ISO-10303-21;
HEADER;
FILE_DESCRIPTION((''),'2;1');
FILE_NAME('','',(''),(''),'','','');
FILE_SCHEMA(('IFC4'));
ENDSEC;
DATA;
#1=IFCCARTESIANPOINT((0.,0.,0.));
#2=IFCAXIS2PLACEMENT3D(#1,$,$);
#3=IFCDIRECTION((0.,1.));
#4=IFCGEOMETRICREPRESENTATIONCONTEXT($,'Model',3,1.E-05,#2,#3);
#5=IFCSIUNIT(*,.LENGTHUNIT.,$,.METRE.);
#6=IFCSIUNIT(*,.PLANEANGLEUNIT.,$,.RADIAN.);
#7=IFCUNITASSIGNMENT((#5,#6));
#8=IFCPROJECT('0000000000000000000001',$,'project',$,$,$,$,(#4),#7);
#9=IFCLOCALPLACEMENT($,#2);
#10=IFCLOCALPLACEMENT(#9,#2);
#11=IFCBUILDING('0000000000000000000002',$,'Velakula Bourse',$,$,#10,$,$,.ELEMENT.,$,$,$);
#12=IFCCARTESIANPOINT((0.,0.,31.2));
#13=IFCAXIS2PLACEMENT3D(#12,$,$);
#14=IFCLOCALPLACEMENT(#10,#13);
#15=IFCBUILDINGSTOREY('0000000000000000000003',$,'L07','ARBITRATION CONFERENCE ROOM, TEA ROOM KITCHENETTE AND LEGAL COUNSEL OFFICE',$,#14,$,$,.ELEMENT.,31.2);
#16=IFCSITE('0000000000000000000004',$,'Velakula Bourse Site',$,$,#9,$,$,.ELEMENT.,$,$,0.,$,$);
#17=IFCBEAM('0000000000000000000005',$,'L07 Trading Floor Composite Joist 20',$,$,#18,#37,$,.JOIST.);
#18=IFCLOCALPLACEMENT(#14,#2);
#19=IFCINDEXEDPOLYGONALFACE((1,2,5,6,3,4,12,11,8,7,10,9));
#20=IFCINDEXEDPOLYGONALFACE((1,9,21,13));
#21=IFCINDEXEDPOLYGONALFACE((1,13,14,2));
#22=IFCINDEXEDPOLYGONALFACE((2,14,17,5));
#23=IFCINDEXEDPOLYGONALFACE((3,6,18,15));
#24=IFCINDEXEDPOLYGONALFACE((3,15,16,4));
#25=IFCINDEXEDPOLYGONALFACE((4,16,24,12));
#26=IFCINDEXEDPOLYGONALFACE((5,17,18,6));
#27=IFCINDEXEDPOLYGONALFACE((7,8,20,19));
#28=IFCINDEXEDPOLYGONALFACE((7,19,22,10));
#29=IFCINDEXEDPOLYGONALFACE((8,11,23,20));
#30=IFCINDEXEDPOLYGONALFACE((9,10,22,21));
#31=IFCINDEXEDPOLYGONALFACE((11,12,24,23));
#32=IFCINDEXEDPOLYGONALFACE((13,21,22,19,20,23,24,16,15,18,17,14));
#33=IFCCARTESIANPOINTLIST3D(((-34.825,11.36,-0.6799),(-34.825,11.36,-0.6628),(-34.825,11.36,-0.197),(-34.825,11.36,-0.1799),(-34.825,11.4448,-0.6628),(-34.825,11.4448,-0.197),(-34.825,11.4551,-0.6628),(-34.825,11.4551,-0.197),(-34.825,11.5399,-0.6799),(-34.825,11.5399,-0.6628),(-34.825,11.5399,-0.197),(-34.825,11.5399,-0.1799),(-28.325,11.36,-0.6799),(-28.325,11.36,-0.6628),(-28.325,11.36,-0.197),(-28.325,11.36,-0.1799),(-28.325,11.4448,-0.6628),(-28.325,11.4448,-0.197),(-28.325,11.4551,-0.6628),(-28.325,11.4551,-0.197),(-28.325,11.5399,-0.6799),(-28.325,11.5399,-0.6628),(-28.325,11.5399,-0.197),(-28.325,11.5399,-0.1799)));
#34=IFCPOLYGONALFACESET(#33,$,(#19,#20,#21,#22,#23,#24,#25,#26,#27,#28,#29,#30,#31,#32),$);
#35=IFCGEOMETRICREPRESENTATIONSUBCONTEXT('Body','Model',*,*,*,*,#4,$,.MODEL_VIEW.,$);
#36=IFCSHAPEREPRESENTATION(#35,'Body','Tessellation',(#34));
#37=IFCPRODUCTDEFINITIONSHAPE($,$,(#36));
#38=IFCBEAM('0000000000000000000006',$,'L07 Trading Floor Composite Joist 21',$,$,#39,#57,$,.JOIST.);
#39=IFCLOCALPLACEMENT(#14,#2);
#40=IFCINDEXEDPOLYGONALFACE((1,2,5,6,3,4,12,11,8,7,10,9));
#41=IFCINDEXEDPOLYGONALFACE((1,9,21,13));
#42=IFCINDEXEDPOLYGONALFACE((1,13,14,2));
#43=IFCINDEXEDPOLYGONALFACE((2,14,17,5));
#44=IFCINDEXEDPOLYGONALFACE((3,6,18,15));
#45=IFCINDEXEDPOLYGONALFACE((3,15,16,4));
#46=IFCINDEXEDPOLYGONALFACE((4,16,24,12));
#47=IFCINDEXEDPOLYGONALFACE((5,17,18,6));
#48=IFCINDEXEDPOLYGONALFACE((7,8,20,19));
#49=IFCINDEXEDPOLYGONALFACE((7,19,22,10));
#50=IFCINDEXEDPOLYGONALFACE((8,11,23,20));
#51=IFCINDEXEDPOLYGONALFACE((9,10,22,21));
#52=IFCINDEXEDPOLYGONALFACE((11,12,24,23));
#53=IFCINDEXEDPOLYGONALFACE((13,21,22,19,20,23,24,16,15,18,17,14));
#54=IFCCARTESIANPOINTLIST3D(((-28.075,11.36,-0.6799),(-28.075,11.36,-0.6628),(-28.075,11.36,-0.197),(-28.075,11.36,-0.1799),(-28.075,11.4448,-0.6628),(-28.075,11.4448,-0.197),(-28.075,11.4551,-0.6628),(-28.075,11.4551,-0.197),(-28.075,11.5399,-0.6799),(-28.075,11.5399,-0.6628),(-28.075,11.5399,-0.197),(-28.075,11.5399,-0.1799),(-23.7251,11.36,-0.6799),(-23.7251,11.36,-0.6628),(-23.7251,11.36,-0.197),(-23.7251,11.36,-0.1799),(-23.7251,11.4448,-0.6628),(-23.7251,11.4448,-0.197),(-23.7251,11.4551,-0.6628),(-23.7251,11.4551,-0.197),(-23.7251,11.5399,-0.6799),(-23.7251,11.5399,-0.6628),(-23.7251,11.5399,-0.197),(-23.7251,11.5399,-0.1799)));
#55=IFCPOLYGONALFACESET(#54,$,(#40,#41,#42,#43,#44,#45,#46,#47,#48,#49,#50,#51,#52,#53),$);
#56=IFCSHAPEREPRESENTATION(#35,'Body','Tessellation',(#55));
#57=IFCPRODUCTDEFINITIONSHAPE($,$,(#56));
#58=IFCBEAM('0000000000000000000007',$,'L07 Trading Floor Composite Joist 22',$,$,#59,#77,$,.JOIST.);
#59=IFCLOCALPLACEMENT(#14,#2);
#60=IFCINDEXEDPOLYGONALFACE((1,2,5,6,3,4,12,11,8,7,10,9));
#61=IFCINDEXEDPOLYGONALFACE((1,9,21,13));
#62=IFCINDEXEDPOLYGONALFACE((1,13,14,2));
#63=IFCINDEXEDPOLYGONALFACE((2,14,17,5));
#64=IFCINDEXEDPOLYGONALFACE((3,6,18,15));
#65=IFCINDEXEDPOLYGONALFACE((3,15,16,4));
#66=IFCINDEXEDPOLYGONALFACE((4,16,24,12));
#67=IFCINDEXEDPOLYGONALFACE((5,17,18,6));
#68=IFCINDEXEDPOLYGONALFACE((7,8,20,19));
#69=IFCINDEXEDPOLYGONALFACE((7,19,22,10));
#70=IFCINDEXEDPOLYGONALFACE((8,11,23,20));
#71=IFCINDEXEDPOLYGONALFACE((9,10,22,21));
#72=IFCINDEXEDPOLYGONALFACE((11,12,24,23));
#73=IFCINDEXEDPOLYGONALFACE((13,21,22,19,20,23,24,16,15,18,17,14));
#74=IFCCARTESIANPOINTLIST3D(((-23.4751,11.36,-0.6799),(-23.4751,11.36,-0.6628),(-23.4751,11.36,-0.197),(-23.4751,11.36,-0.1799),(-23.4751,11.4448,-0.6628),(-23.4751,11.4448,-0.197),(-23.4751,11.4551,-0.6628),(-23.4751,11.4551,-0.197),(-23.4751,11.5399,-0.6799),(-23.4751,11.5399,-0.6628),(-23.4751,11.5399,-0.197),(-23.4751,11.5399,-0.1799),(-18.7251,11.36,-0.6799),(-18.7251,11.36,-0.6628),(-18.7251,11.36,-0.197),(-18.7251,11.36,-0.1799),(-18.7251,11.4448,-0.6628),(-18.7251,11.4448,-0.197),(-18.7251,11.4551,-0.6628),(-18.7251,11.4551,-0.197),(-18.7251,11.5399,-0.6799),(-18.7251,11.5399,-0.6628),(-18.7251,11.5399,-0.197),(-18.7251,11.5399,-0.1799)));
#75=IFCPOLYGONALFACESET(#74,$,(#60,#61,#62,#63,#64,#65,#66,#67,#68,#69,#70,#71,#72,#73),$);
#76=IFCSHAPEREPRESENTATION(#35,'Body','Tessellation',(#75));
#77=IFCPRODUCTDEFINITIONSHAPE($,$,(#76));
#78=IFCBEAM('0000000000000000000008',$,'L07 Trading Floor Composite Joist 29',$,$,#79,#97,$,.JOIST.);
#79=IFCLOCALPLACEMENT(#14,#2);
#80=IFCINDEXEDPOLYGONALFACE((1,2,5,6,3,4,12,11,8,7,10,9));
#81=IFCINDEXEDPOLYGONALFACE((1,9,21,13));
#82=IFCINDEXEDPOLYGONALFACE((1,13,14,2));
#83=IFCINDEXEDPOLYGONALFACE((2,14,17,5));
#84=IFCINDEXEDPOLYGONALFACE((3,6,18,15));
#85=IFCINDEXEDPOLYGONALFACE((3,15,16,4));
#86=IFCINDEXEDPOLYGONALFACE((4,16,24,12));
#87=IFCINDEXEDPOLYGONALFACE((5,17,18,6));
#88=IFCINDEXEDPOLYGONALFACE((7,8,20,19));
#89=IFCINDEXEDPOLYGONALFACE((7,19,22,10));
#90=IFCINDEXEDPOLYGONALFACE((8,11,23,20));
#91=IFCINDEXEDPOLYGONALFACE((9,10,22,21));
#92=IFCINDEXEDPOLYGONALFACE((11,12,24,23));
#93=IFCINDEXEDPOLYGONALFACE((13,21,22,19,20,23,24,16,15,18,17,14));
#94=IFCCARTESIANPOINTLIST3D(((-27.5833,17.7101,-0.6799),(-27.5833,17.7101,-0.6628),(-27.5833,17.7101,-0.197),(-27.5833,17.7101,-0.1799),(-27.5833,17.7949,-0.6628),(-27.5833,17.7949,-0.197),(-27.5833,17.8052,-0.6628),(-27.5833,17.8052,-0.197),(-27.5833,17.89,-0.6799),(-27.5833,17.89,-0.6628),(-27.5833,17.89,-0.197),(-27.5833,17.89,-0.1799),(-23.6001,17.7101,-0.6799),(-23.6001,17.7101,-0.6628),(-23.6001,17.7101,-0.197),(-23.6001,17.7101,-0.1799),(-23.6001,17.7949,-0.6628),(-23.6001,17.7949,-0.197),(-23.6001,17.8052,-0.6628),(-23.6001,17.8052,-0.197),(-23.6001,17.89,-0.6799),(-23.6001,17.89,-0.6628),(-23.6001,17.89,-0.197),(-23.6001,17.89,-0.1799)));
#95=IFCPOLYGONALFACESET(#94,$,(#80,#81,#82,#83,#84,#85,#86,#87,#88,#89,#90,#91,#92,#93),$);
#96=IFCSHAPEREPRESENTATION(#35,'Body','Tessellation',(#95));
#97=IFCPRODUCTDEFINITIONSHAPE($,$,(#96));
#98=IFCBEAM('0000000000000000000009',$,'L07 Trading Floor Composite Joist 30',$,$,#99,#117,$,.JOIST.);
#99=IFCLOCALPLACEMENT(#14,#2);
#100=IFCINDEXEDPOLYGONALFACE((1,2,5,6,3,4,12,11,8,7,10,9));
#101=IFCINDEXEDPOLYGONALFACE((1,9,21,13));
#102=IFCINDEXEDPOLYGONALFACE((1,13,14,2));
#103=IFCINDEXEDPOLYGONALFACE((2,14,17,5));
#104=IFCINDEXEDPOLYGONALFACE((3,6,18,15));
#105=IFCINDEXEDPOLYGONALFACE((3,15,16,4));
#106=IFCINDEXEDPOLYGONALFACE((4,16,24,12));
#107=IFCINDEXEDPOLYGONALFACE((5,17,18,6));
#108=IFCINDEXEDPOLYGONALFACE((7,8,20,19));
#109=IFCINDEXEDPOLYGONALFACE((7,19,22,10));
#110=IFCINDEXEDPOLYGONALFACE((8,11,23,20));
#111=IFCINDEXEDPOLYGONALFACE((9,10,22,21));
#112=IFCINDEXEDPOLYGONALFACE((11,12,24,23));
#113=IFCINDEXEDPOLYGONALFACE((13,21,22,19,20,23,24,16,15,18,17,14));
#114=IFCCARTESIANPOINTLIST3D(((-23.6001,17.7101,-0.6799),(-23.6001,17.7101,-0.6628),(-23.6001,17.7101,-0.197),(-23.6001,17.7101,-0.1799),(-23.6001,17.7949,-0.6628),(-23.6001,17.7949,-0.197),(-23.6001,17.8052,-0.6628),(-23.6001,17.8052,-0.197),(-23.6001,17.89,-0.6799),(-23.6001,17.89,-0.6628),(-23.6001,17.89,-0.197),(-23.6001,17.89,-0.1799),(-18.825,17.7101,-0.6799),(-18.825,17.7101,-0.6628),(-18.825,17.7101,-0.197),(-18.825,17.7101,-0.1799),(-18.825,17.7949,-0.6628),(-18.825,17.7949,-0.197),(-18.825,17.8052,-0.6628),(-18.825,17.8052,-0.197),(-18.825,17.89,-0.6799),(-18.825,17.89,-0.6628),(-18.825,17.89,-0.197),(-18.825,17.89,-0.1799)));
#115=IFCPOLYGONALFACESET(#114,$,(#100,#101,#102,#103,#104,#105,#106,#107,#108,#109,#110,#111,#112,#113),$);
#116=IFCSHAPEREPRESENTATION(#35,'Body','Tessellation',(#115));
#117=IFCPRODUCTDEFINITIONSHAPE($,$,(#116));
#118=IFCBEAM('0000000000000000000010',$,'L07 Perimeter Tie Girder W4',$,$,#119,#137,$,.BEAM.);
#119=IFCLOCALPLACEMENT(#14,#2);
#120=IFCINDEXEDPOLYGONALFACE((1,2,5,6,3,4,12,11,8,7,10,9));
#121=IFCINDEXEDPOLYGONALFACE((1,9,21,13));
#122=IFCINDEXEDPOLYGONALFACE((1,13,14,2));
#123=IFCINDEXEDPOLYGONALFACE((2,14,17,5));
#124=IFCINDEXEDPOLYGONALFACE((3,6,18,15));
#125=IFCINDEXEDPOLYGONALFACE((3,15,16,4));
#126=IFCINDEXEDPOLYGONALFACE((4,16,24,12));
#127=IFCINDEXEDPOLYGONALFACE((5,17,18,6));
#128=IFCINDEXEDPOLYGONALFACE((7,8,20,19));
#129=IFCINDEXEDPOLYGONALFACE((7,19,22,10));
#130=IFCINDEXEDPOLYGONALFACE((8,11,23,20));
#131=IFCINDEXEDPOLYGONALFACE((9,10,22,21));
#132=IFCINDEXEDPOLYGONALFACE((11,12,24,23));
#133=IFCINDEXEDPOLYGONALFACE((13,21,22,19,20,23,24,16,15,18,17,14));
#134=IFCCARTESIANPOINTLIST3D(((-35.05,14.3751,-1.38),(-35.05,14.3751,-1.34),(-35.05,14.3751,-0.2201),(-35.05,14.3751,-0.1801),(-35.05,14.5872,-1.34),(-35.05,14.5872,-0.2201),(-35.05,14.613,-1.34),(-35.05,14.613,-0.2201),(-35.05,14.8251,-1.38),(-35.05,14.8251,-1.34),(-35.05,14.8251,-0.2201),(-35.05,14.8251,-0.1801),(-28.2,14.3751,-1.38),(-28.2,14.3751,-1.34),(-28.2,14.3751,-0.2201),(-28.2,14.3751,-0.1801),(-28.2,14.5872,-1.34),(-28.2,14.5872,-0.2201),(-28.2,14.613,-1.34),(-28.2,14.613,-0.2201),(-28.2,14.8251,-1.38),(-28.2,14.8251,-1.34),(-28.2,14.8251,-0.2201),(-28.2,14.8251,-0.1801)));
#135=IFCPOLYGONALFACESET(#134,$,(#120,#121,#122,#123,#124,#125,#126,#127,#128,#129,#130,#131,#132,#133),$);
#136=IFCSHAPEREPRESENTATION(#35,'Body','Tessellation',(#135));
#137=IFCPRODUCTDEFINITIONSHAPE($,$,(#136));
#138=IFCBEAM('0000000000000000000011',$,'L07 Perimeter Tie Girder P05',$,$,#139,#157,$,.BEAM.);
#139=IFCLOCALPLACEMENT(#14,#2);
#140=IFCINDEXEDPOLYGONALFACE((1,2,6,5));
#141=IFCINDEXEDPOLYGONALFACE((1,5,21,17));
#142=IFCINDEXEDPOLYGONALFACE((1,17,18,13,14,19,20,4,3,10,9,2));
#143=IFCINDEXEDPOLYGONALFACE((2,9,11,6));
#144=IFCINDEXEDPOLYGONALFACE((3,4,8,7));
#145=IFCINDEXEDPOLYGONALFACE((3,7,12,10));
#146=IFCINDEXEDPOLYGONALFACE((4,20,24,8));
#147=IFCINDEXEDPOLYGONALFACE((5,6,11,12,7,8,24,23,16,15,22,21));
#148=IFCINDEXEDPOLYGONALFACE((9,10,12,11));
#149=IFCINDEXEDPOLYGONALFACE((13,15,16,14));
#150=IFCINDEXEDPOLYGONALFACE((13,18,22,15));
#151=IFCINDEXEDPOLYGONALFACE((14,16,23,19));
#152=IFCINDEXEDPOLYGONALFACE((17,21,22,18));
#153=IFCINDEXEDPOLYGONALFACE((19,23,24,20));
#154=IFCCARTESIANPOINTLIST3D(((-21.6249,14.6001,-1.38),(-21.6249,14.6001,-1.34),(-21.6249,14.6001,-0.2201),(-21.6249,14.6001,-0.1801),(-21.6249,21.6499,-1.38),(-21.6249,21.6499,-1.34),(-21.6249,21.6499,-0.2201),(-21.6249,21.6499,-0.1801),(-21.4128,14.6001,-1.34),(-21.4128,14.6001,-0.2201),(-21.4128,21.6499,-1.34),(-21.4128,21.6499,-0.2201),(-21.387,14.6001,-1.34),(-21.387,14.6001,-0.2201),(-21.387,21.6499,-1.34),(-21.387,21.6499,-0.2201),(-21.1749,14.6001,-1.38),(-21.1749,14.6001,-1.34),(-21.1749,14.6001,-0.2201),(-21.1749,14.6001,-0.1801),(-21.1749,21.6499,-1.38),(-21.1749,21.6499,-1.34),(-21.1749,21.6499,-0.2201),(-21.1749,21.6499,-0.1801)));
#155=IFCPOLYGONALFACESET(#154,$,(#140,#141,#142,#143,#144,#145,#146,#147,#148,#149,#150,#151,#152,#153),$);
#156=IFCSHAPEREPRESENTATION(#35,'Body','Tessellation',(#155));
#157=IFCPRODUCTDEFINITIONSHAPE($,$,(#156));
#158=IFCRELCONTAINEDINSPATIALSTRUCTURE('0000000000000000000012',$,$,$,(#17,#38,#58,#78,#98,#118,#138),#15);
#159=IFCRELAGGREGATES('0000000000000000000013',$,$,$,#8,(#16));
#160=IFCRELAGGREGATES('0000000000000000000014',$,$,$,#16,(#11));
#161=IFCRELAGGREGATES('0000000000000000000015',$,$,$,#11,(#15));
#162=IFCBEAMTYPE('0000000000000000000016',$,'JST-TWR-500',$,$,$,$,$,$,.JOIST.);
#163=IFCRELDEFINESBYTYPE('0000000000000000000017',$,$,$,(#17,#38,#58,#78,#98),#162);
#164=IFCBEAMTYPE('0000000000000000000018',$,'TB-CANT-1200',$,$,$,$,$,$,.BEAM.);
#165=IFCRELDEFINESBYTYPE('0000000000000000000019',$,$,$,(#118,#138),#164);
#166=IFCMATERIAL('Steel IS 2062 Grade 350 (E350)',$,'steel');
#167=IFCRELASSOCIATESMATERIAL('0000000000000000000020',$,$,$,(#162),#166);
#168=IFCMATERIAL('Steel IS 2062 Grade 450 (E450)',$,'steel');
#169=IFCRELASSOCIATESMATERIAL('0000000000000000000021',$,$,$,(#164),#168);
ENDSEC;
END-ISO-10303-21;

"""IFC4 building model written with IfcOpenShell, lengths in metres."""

from ifc_helpers import new_model, si_unit, direction, frame, origin, origin_2d, place, context, subcontext, project, spatial, i_section, extrude, material, material_profile, profile_set, type_object, element, save


model = new_model("IFC4")

# Units and contexts
model_context = context("Model", 3, precision=1e-05, world=origin(), true_north=direction((0.0, 1.0)))
body_context = subcontext(model_context, "Body", "Model", "MODEL_VIEW")
ifc_project = project(units=[si_unit("LENGTHUNIT", "METRE"), si_unit("PLANEANGLEUNIT", "RADIAN")], contexts=[model_context])

# Site, building, storey
site_placement = place(None, origin())
site = spatial("IfcSite", under=ifc_project, at=site_placement, Name="Velakula Bourse Site", CompositionType="ELEMENT", RefElevation=0.0)
building_placement = place(site_placement, origin())
building = spatial("IfcBuilding", under=site, at=building_placement, Name="Velakula Bourse", CompositionType="ELEMENT")
storey_placement = place(building_placement, frame((0.0, 0.0, 31.2)))
storey = spatial("IfcBuildingStorey", under=building, at=storey_placement, Name="L07", Description="ARBITRATION CONFERENCE ROOM, TEA ROOM KITCHENETTE AND LEGAL COUNSEL OFFICE", CompositionType="ELEMENT", Elevation=31.2)

# Shared definitions
ifc_material_1 = material(Name="Steel IS 2062 Grade 450 (E450)", Category="steel")

# Beams
ifc_material_2 = material(Name="Steel IS 2062 Grade 350 (E350)", Category="steel")
ifc_material_profile_1 = material_profile(ifc_material_2, i_section(OverallWidth=0.1799, OverallDepth=0.5, WebThickness=0.0103, FlangeThickness=0.0171, at=origin_2d()), Name="Steel IS 2062 Grade 350 (E350)")
ifc_profile_set_1 = profile_set([ifc_material_profile_1], Name="Steel IS 2062 Grade 350 (E350)")
beam_type_1 = type_object("IfcBeamType", Name="JST-TWR-500", PredefinedType="JOIST", material=ifc_profile_set_1)
beam_1_placement = place(storey_placement, frame((-34.825, 11.45, -0.4299), z_axis=(1.0, 0.0, 0.0), x_axis=(0.0, 1.0, 0.0)))
element("IfcBeam", 1, at=beam_1_placement, inside=storey, type_object=beam_type_1, Name="L07 Trading Floor Composite Joist 20", PredefinedType="JOIST", context=body_context, shape_type="SweptSolid", body=[
    extrude(i_section(OverallWidth=0.1799, OverallDepth=0.5, WebThickness=0.0103, FlangeThickness=0.0171, at=origin_2d()), origin(), (0.0, 0.0, 1.0), 6.5),
])
beam_2_placement = place(storey_placement, frame((-28.075, 11.45, -0.4299), z_axis=(1.0, 0.0, 0.0), x_axis=(0.0, 1.0, 0.0)))
element("IfcBeam", 2, at=beam_2_placement, inside=storey, type_object=beam_type_1, Name="L07 Trading Floor Composite Joist 21", PredefinedType="JOIST", context=body_context, shape_type="SweptSolid", body=[
    extrude(i_section(OverallWidth=0.1799, OverallDepth=0.5, WebThickness=0.0103, FlangeThickness=0.0171, at=origin_2d()), origin(), (0.0, 0.0, 1.0), 4.3499),
])
beam_3_placement = place(storey_placement, frame((-23.4751, 11.45, -0.4299), z_axis=(1.0, 0.0, 0.0), x_axis=(0.0, 1.0, 0.0)))
element("IfcBeam", 3, at=beam_3_placement, inside=storey, type_object=beam_type_1, Name="L07 Trading Floor Composite Joist 22", PredefinedType="JOIST", context=body_context, shape_type="SweptSolid", body=[
    extrude(i_section(OverallWidth=0.1799, OverallDepth=0.5, WebThickness=0.0103, FlangeThickness=0.0171, at=origin_2d()), origin(), (0.0, 0.0, 1.0), 4.75),
])
beam_4_placement = place(storey_placement, frame((-27.5833, 17.8, -0.4299), z_axis=(1.0, 0.0, 0.0), x_axis=(0.0, 1.0, 0.0)))
element("IfcBeam", 4, at=beam_4_placement, inside=storey, type_object=beam_type_1, Name="L07 Trading Floor Composite Joist 29", PredefinedType="JOIST", context=body_context, shape_type="SweptSolid", body=[
    extrude(i_section(OverallWidth=0.1799, OverallDepth=0.5, WebThickness=0.0103, FlangeThickness=0.0171, at=origin_2d()), origin(), (0.0, 0.0, 1.0), 3.9832),
])
beam_5_placement = place(storey_placement, frame((-23.6001, 17.8, -0.4299), z_axis=(1.0, 0.0, 0.0), x_axis=(0.0, 1.0, 0.0)))
element("IfcBeam", 5, at=beam_5_placement, inside=storey, type_object=beam_type_1, Name="L07 Trading Floor Composite Joist 30", PredefinedType="JOIST", context=body_context, shape_type="SweptSolid", body=[
    extrude(i_section(OverallWidth=0.1799, OverallDepth=0.5, WebThickness=0.0103, FlangeThickness=0.0171, at=origin_2d()), origin(), (0.0, 0.0, 1.0), 4.7751),
])
ifc_material_profile_2 = material_profile(ifc_material_1, i_section(OverallWidth=0.45, OverallDepth=1.2, WebThickness=0.0259, FlangeThickness=0.04, at=origin_2d()), Name="Steel IS 2062 Grade 450 (E450)")
ifc_profile_set_2 = profile_set([ifc_material_profile_2], Name="Steel IS 2062 Grade 450 (E450)")
beam_type_2 = type_object("IfcBeamType", Name="TB-CANT-1200", PredefinedType="BEAM", material=ifc_profile_set_2)
beam_6_placement = place(storey_placement, frame((-28.2, 14.6001, -0.78), z_axis=(-1.0, 0.0, 0.0), x_axis=(0.0, -1.0, 0.0)))
element("IfcBeam", 6, at=beam_6_placement, inside=storey, type_object=beam_type_2, Name="L07 Perimeter Tie Girder W4", PredefinedType="BEAM", context=body_context, shape_type="SweptSolid", body=[
    extrude(i_section(OverallWidth=0.45, OverallDepth=1.2, WebThickness=0.0259, FlangeThickness=0.04, at=origin_2d()), origin(), (0.0, 0.0, 1.0), 6.8501),
])
beam_7_placement = place(storey_placement, frame((-21.3999, 14.6001, -0.78), z_axis=(0.0, 1.0, 0.0), x_axis=(-1.0, 0.0, 0.0)))
element("IfcBeam", 7, at=beam_7_placement, inside=storey, type_object=beam_type_2, Name="L07 Perimeter Tie Girder P05", PredefinedType="BEAM", context=body_context, shape_type="SweptSolid", body=[
    extrude(i_section(OverallWidth=0.45, OverallDepth=1.2, WebThickness=0.0259, FlangeThickness=0.04, at=origin_2d()), origin(), (0.0, 0.0, 1.0), 7.0498),
])

save(model, "model.ifc")
